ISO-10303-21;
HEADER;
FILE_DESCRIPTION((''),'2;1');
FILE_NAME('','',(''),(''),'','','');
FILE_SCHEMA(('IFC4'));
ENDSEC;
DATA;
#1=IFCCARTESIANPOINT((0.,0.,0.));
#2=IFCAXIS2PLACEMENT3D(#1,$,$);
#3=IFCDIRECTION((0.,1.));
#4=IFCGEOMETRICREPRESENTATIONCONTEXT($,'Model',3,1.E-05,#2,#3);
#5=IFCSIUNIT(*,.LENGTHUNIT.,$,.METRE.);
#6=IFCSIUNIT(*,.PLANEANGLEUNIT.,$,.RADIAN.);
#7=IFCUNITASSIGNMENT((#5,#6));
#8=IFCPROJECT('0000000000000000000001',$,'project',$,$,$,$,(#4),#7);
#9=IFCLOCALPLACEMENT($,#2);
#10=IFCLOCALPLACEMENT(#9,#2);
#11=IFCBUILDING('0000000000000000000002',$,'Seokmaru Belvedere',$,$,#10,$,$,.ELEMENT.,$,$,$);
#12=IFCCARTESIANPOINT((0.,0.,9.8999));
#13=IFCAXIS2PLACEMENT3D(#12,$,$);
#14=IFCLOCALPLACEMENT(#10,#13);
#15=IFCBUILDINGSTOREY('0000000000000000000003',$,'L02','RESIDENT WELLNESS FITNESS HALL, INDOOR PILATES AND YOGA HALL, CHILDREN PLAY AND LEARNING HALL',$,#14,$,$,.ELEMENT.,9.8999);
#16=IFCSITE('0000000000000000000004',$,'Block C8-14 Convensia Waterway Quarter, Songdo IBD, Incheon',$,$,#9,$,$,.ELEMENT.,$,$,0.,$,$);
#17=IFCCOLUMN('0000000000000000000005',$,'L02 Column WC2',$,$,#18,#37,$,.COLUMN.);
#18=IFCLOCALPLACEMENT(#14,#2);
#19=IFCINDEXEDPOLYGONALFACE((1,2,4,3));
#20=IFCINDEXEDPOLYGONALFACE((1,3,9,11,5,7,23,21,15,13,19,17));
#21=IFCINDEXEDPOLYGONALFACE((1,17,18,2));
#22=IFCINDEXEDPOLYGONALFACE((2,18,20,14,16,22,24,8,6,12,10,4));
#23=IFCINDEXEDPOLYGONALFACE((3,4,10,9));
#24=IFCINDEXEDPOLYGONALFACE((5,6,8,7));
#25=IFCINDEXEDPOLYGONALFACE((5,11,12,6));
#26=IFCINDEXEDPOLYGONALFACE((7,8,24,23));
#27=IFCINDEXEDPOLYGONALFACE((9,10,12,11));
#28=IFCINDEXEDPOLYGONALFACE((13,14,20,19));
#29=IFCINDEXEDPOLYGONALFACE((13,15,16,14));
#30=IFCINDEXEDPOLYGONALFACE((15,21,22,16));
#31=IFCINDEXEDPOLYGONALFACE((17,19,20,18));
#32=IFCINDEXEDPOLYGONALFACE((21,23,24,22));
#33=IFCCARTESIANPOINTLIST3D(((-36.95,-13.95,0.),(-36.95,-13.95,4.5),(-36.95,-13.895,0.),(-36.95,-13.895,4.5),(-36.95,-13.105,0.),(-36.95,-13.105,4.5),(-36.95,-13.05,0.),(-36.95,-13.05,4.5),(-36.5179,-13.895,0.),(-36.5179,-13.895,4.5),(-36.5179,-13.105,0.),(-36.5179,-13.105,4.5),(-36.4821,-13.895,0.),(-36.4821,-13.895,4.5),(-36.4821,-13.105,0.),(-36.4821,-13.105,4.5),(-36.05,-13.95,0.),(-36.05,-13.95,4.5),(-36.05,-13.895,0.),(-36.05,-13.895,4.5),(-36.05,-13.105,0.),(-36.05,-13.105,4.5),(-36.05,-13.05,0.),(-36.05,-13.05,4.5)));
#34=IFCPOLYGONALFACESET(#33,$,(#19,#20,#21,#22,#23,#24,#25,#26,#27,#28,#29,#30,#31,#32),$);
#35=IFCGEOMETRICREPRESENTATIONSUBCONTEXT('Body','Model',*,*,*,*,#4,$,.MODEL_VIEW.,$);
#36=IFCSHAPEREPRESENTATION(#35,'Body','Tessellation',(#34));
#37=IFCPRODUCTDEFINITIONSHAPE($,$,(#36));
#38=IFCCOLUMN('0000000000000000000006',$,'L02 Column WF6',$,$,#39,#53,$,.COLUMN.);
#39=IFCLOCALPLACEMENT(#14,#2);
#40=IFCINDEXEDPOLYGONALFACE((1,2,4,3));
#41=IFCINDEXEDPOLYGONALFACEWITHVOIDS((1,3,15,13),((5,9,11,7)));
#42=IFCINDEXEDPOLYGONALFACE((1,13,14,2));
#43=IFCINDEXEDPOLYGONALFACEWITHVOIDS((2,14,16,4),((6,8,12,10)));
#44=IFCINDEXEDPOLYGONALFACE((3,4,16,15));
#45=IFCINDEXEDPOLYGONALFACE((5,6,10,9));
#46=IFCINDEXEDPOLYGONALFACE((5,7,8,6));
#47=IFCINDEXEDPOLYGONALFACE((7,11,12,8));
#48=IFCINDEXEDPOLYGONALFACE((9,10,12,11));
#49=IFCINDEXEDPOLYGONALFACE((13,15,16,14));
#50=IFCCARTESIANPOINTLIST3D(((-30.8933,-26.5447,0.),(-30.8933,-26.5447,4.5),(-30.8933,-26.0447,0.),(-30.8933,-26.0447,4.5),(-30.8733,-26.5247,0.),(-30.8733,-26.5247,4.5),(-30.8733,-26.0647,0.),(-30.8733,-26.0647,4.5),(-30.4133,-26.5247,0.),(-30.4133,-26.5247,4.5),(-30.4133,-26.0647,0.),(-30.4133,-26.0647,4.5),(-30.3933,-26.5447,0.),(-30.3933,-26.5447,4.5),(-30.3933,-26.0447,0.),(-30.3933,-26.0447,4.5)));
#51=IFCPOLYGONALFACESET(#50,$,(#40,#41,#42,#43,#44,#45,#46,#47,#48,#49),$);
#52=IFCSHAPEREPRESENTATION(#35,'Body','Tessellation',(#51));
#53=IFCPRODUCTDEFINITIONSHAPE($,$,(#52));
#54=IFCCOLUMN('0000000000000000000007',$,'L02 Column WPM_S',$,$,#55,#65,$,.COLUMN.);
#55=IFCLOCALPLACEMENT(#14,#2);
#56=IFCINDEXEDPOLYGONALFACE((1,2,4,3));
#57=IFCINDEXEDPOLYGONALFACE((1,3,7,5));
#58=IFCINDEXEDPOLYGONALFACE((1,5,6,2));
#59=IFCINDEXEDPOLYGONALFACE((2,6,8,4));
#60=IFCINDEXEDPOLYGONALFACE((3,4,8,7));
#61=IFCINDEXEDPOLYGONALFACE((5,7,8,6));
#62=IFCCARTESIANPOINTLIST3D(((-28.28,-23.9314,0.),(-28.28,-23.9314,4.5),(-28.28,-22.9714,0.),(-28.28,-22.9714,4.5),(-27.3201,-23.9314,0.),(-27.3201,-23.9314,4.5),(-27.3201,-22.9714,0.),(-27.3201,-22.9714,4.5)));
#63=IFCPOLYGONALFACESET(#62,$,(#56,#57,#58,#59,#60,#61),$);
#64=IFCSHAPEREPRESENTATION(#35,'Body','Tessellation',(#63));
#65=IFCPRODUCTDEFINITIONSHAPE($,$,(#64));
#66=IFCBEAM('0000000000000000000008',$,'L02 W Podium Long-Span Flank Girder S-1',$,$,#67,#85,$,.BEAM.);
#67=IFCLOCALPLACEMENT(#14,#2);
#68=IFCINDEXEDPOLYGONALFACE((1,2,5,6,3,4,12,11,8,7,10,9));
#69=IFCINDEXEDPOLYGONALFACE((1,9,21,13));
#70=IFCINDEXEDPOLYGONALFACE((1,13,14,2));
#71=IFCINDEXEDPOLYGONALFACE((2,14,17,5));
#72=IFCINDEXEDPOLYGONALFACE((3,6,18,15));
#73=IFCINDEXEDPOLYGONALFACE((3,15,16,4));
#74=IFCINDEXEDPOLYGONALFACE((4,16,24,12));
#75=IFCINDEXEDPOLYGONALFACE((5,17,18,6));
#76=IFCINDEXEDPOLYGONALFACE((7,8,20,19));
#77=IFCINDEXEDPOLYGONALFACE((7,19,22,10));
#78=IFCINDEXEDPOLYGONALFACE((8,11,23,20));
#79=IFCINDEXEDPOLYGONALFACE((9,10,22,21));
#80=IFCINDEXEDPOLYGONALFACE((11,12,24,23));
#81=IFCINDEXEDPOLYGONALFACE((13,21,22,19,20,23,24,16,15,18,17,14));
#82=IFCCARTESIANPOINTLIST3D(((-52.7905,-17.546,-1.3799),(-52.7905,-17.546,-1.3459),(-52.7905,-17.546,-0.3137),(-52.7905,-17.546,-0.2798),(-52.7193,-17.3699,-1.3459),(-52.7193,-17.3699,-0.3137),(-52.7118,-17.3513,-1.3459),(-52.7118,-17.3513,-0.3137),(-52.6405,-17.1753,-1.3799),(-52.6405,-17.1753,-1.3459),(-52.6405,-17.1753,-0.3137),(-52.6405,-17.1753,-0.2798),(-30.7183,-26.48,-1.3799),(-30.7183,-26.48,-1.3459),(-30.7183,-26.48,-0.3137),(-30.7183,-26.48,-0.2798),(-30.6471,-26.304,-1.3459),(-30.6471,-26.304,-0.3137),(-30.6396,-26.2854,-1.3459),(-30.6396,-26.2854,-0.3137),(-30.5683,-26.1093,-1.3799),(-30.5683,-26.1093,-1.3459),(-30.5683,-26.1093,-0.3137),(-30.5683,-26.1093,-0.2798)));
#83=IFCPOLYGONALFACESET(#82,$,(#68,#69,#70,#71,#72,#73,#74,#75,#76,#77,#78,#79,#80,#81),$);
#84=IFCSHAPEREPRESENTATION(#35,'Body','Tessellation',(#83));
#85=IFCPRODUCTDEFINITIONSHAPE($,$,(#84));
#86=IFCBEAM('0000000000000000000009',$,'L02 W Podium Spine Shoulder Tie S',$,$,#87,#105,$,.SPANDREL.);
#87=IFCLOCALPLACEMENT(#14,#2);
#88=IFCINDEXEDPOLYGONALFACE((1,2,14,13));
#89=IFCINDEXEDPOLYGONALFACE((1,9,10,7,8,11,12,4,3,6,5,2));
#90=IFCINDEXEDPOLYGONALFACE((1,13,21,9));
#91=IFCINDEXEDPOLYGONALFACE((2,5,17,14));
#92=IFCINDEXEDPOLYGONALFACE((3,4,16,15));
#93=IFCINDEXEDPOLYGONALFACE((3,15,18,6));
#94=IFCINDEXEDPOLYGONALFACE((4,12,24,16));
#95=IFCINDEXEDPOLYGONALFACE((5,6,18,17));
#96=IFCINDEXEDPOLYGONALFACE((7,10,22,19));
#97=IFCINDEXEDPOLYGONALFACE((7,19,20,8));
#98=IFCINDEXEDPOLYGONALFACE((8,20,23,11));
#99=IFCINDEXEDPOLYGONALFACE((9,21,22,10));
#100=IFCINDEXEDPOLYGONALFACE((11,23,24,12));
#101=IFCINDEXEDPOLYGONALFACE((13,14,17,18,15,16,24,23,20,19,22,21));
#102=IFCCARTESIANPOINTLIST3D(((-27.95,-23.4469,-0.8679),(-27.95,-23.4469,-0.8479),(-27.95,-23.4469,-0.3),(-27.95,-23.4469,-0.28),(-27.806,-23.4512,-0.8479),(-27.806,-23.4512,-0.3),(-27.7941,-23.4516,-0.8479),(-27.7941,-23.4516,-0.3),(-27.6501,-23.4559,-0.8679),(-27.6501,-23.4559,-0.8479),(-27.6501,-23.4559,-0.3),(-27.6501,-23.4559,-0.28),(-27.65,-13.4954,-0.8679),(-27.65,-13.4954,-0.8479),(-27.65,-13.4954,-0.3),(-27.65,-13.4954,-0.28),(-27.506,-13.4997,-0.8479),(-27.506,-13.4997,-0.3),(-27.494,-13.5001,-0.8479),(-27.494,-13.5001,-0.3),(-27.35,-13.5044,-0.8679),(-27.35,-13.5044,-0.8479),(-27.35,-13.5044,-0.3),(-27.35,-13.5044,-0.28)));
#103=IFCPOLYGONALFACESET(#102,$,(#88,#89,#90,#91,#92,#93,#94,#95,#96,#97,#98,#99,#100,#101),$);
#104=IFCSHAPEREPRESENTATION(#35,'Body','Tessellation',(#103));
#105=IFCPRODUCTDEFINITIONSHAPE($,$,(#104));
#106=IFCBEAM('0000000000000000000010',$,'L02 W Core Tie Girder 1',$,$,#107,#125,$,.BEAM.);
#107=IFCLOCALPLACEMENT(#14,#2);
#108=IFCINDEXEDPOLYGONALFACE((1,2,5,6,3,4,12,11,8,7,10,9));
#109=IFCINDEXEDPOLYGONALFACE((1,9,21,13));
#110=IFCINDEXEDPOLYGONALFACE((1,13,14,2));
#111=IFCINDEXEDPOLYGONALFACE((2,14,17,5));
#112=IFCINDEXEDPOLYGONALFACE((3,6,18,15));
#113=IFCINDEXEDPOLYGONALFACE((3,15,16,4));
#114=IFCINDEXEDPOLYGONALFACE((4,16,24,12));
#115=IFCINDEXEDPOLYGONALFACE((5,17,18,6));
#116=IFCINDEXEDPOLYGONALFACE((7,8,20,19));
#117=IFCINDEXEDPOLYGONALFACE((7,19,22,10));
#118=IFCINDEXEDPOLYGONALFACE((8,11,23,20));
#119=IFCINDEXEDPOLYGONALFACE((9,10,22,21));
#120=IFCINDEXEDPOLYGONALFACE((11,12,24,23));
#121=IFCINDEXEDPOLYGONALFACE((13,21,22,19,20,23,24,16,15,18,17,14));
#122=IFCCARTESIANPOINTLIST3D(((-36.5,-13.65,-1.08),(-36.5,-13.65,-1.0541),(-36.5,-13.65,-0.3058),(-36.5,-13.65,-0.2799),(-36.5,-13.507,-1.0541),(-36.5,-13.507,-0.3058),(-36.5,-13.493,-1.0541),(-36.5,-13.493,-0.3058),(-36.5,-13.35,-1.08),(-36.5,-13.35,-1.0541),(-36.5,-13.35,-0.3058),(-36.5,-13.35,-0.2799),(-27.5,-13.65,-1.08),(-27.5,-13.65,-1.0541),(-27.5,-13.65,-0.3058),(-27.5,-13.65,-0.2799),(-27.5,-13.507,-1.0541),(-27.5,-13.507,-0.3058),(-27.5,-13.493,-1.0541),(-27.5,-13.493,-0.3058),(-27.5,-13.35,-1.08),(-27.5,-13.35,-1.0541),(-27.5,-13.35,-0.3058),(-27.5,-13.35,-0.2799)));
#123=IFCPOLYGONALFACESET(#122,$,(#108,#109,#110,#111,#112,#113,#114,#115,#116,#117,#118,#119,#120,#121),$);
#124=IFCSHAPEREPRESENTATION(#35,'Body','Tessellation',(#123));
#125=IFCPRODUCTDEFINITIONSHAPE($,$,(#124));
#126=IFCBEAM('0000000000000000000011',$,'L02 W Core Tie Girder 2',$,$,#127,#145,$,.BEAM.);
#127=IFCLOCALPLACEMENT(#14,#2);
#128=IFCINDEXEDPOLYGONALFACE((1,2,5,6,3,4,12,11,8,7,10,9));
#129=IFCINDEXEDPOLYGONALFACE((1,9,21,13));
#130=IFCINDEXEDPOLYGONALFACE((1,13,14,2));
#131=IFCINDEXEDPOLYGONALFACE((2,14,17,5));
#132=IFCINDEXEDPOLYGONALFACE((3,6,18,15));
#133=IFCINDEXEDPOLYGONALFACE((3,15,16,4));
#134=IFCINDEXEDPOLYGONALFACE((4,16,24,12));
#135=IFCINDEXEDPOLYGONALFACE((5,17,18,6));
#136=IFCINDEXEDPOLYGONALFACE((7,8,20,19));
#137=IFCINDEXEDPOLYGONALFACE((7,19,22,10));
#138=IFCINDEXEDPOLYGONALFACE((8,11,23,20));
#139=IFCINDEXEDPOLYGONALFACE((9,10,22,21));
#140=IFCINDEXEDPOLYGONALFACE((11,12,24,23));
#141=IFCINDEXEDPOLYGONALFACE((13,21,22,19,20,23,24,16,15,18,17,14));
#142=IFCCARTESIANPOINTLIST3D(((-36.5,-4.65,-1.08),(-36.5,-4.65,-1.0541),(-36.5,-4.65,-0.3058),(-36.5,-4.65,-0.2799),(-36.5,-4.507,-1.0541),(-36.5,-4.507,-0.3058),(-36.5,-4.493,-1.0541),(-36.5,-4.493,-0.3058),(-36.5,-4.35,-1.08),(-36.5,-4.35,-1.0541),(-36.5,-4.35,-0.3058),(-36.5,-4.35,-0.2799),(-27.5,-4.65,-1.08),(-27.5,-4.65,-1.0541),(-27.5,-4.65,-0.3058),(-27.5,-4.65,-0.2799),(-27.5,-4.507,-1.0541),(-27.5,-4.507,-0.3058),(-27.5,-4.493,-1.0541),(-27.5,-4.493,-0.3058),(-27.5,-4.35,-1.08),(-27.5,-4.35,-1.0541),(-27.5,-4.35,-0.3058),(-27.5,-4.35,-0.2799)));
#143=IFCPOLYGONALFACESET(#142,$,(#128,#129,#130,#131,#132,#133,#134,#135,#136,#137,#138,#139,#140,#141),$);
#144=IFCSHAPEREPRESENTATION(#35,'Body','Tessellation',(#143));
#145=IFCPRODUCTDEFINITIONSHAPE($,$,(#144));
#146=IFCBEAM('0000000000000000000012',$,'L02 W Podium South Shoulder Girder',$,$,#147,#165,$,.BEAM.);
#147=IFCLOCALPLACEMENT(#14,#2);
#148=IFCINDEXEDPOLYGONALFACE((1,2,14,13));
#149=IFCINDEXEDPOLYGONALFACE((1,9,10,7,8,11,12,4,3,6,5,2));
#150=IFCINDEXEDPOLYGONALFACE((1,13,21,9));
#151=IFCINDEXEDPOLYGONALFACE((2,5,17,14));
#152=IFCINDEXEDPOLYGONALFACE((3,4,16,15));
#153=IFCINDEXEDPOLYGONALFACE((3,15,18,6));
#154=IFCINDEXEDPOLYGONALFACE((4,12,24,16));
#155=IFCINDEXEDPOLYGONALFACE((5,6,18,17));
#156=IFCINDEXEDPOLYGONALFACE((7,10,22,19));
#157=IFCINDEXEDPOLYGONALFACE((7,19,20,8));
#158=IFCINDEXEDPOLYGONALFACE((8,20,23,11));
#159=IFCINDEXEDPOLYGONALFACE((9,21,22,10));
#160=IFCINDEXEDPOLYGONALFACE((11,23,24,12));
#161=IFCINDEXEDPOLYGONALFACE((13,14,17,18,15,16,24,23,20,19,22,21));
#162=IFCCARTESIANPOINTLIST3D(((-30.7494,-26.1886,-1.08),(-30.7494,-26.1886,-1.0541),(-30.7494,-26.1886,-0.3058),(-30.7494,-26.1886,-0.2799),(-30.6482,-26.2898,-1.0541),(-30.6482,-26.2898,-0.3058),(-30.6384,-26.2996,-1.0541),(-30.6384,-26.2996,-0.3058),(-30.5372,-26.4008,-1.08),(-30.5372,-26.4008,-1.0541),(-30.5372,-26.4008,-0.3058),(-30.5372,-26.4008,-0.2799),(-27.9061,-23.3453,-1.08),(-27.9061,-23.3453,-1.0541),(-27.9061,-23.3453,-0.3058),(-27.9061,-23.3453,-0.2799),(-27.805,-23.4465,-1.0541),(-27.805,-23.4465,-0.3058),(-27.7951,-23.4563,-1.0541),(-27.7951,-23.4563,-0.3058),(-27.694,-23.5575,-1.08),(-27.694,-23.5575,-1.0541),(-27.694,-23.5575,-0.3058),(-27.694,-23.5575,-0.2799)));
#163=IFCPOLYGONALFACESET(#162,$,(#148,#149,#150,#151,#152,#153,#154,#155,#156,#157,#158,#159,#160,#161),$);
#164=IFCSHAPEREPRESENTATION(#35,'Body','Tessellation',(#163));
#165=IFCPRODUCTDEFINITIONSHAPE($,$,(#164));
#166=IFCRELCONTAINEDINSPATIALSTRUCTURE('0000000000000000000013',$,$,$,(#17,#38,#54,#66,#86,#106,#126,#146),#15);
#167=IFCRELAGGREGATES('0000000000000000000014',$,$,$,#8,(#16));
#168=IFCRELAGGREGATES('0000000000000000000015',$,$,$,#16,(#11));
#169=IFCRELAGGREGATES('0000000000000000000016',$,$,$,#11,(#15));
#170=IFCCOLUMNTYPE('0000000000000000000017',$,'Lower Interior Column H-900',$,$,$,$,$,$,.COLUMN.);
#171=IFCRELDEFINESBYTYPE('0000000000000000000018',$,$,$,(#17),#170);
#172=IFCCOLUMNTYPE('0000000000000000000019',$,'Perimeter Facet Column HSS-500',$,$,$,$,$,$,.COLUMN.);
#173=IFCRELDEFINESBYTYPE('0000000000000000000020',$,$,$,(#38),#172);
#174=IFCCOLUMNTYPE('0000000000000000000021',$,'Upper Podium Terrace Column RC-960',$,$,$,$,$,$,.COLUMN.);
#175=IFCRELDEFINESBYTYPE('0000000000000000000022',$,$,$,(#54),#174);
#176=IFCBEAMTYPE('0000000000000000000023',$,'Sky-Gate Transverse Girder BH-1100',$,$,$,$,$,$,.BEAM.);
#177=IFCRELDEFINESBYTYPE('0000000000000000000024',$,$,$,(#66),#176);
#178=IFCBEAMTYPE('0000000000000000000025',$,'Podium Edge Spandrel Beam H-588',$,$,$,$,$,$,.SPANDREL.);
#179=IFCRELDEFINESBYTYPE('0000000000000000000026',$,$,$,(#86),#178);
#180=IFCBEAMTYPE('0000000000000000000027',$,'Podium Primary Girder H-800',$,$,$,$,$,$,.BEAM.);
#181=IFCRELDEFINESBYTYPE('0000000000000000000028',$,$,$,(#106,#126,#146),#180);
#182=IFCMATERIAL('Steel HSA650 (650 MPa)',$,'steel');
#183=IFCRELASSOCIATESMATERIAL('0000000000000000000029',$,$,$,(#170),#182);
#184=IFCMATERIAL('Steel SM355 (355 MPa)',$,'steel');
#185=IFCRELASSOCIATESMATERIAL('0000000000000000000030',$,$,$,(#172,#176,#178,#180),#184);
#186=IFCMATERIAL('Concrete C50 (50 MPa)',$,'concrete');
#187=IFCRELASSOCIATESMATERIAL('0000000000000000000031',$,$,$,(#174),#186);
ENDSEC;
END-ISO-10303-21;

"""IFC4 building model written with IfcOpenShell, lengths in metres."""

from ifc_helpers import new_model, si_unit, direction, frame, origin, origin_2d, place, context, subcontext, project, spatial, rectangle, hollow_rectangle, i_section, extrude, source, transform, mapped, material, material_profile, profile_set, type_object, type_shapes, element, save


model = new_model("IFC4")

# Units and contexts
model_context = context("Model", 3, precision=1e-05, world=origin(), true_north=direction((0.0, 1.0)))
body_context = subcontext(model_context, "Body", "Model", "MODEL_VIEW")
ifc_project = project(units=[si_unit("LENGTHUNIT", "METRE"), si_unit("PLANEANGLEUNIT", "RADIAN")], contexts=[model_context])

# Site, building, storey
site_placement = place(None, origin())
site = spatial("IfcSite", under=ifc_project, at=site_placement, Name="Block C8-14 Convensia Waterway Quarter, Songdo IBD, Incheon", CompositionType="ELEMENT", RefElevation=0.0)
building_placement = place(site_placement, origin())
building = spatial("IfcBuilding", under=site, at=building_placement, Name="Seokmaru Belvedere", CompositionType="ELEMENT")
storey_placement = place(building_placement, frame((0.0, 0.0, 9.8999)))
storey = spatial("IfcBuildingStorey", under=building, at=storey_placement, Name="L02", Description="RESIDENT WELLNESS FITNESS HALL, INDOOR PILATES AND YOGA HALL, CHILDREN PLAY AND LEARNING HALL", CompositionType="ELEMENT", Elevation=9.8999)

# Columns
ifc_material_1 = material(Name="Steel HSA650 (650 MPa)", Category="steel")
ifc_material_profile_1 = material_profile(ifc_material_1, i_section(OverallWidth=0.8999, OverallDepth=0.8999, WebThickness=0.0359, FlangeThickness=0.0549, at=origin_2d()), Name="H-900x900x36x55")
ifc_profile_set_1 = profile_set([ifc_material_profile_1], Name="Steel HSA650 (650 MPa)")
column_type_1 = type_object("IfcColumnType", Name="Lower Interior Column H-900", PredefinedType="COLUMN", material=ifc_profile_set_1)
shared_shape_1 = source(origin(), body_context, "Body", "SweptSolid", [
    extrude(i_section(OverallWidth=0.8999, OverallDepth=0.8999, WebThickness=0.0359, FlangeThickness=0.0549, at=origin_2d()), origin(), (0.0, 0.0, 1.0), 4.5),
])
type_shapes(column_type_1, [shared_shape_1])
column_1_placement = place(storey_placement, frame((-36.5, -13.5, 0.0), z_axis=(0.0, 0.0, 1.0), x_axis=(1.0, 0.0, 0.0)))
element("IfcColumn", 1, at=column_1_placement, inside=storey, type_object=column_type_1, Name="L02 Column WC2", PredefinedType="COLUMN", context=body_context, shape_type="MappedRepresentation", body=[
    mapped(shared_shape_1, transform((0.0, 0.0, 0.0), scale=1.0)),
])
ifc_material_2 = material(Name="Steel SM355 (355 MPa)", Category="steel")
ifc_material_profile_2 = material_profile(ifc_material_2, hollow_rectangle(XDim=0.5, YDim=0.5, WallThickness=0.02, at=origin_2d()), Name="HSS-500x500x20")
ifc_profile_set_2 = profile_set([ifc_material_profile_2], Name="Steel SM355 (355 MPa)")
column_type_2 = type_object("IfcColumnType", Name="Perimeter Facet Column HSS-500", PredefinedType="COLUMN", material=ifc_profile_set_2)
shared_shape_2 = source(origin(), body_context, "Body", "SweptSolid", [
    extrude(hollow_rectangle(XDim=0.5, YDim=0.5, WallThickness=0.02, at=origin_2d()), origin(), (0.0, 0.0, 1.0), 4.5),
])
type_shapes(column_type_2, [shared_shape_2])
column_2_placement = place(storey_placement, frame((-30.6433, -26.2947, 0.0), z_axis=(0.0, 0.0, 1.0), x_axis=(1.0, 0.0, 0.0)))
element("IfcColumn", 2, at=column_2_placement, inside=storey, type_object=column_type_2, Name="L02 Column WF6", PredefinedType="COLUMN", context=body_context, shape_type="MappedRepresentation", body=[
    mapped(shared_shape_2, transform((0.0, 0.0, 0.0), scale=1.0)),
])
ifc_material_3 = material(Name="Concrete C50 (50 MPa)", Category="concrete")
ifc_material_profile_3 = material_profile(ifc_material_3, rectangle(XDim=0.96, YDim=0.96, at=origin_2d()), Name="RC-960x960")
ifc_profile_set_3 = profile_set([ifc_material_profile_3], Name="Concrete C50 (50 MPa)")
column_type_3 = type_object("IfcColumnType", Name="Upper Podium Terrace Column RC-960", PredefinedType="COLUMN", material=ifc_profile_set_3)
shared_shape_3 = source(origin(), body_context, "Body", "SweptSolid", [
    extrude(rectangle(XDim=0.96, YDim=0.96, at=origin_2d()), origin(), (0.0, 0.0, 1.0), 4.5),
])
type_shapes(column_type_3, [shared_shape_3])
column_3_placement = place(storey_placement, frame((-27.8, -23.4514, 0.0), z_axis=(0.0, 0.0, 1.0), x_axis=(1.0, 0.0, 0.0)))
element("IfcColumn", 3, at=column_3_placement, inside=storey, type_object=column_type_3, Name="L02 Column WPM_S", PredefinedType="COLUMN", context=body_context, shape_type="MappedRepresentation", body=[
    mapped(shared_shape_3, transform((0.0, 0.0, 0.0), scale=1.0)),
])

# Beams
ifc_material_profile_4 = material_profile(ifc_material_2, i_section(OverallWidth=0.3999, OverallDepth=1.1001, WebThickness=0.02, FlangeThickness=0.0339, at=origin_2d()), Name="BH-1100x400x20x34")
ifc_profile_set_4 = profile_set([ifc_material_profile_4], Name="Steel SM355 (355 MPa)")
beam_type_1 = type_object("IfcBeamType", Name="Sky-Gate Transverse Girder BH-1100", PredefinedType="BEAM", material=ifc_profile_set_4)
shared_shape_4 = source(origin(), body_context, "Body", "SweptSolid", [
    extrude(i_section(OverallWidth=0.3999, OverallDepth=1.1001, WebThickness=0.02, FlangeThickness=0.0339, at=origin_2d()), origin(), (0.0, 0.0, 1.0), 23.8118),
])
type_shapes(beam_type_1, [shared_shape_4])
beam_1_placement = place(storey_placement, frame((-30.6433, -26.2947, -0.8298), z_axis=(-0.926946, 0.375195, 0.0), x_axis=(-0.375195, -0.926946, 0.0)))
element("IfcBeam", 4, at=beam_1_placement, inside=storey, type_object=beam_type_1, Name="L02 W Podium Long-Span Flank Girder S-1", PredefinedType="BEAM", context=body_context, shape_type="MappedRepresentation", body=[
    mapped(shared_shape_4, transform((0.0, 0.0, 0.0), scale=1.0)),
])
ifc_material_profile_5 = material_profile(ifc_material_2, i_section(OverallWidth=0.3, OverallDepth=0.5879, WebThickness=0.012, FlangeThickness=0.02, at=origin_2d()), Name="H-588x300x12x20")
ifc_profile_set_5 = profile_set([ifc_material_profile_5], Name="Steel SM355 (355 MPa)")
beam_type_2 = type_object("IfcBeamType", Name="Podium Edge Spandrel Beam H-588", PredefinedType="SPANDREL", material=ifc_profile_set_5)
shared_shape_5 = source(origin(), body_context, "Body", "SweptSolid", [
    extrude(i_section(OverallWidth=0.3, OverallDepth=0.5879, WebThickness=0.012, FlangeThickness=0.02, at=origin_2d()), origin(), (0.0, 0.0, 1.0), 9.9561),
])
type_shapes(beam_type_2, [shared_shape_5])
beam_2_placement = place(storey_placement, frame((-27.8, -23.4514, -0.574), z_axis=(0.030138, 0.999546, 0.0), x_axis=(-0.999546, 0.030138, 0.0)))
element("IfcBeam", 5, at=beam_2_placement, inside=storey, type_object=beam_type_2, Name="L02 W Podium Spine Shoulder Tie S", PredefinedType="SPANDREL", context=body_context, shape_type="MappedRepresentation", body=[
    mapped(shared_shape_5, transform((0.0, 0.0, 0.0), scale=1.0)),
])
ifc_material_profile_6 = material_profile(ifc_material_2, i_section(OverallWidth=0.3, OverallDepth=0.8, WebThickness=0.0139, FlangeThickness=0.0259, at=origin_2d()), Name="H-800x300x14x26")
ifc_profile_set_6 = profile_set([ifc_material_profile_6], Name="Steel SM355 (355 MPa)")
beam_type_3 = type_object("IfcBeamType", Name="Podium Primary Girder H-800", PredefinedType="BEAM", material=ifc_profile_set_6)
shared_shape_6 = source(origin(), body_context, "Body", "SweptSolid", [
    extrude(i_section(OverallWidth=0.3, OverallDepth=0.8, WebThickness=0.0139, FlangeThickness=0.0259, at=origin_2d()), origin(), (0.0, 0.0, 1.0), 9.0),
])
for number, where, z_axis, x_axis, name in (
    (6, (-36.5, -13.5, -0.6799), (1.0, 0.0, 0.0), (0.0, 1.0, 0.0), "L02 W Core Tie Girder 1"),
    (7, (-36.5, -4.5, -0.6799), (1.0, 0.0, 0.0), (0.0, 1.0, 0.0), "L02 W Core Tie Girder 2"),
):
    element("IfcBeam", number, at=place(storey_placement, frame(where, z_axis=z_axis, x_axis=x_axis)), inside=storey, type_object=beam_type_3, Name=name, PredefinedType="BEAM", context=body_context, shape_type="MappedRepresentation", body=[
        mapped(shared_shape_6, transform((0.0, 0.0, 0.0), scale=1.0)),
    ])
shared_shape_7 = source(origin(), body_context, "Body", "SweptSolid", [
    extrude(i_section(OverallWidth=0.3, OverallDepth=0.8, WebThickness=0.0139, FlangeThickness=0.0259, at=origin_2d()), origin(), (0.0, 0.0, 1.0), 4.021),
])
type_shapes(beam_type_3, [shared_shape_6, shared_shape_7])
beam_3_placement = place(storey_placement, frame((-30.6433, -26.2947, -0.6799), z_axis=(0.707107, 0.707107, 0.0), x_axis=(-0.707107, 0.707107, 0.0)))
element("IfcBeam", 8, at=beam_3_placement, inside=storey, type_object=beam_type_3, Name="L02 W Podium South Shoulder Girder", PredefinedType="BEAM", context=body_context, shape_type="MappedRepresentation", body=[
    mapped(shared_shape_7, transform((0.0, 0.0, 0.0), scale=1.0)),
])

save(model, "model.ifc")
